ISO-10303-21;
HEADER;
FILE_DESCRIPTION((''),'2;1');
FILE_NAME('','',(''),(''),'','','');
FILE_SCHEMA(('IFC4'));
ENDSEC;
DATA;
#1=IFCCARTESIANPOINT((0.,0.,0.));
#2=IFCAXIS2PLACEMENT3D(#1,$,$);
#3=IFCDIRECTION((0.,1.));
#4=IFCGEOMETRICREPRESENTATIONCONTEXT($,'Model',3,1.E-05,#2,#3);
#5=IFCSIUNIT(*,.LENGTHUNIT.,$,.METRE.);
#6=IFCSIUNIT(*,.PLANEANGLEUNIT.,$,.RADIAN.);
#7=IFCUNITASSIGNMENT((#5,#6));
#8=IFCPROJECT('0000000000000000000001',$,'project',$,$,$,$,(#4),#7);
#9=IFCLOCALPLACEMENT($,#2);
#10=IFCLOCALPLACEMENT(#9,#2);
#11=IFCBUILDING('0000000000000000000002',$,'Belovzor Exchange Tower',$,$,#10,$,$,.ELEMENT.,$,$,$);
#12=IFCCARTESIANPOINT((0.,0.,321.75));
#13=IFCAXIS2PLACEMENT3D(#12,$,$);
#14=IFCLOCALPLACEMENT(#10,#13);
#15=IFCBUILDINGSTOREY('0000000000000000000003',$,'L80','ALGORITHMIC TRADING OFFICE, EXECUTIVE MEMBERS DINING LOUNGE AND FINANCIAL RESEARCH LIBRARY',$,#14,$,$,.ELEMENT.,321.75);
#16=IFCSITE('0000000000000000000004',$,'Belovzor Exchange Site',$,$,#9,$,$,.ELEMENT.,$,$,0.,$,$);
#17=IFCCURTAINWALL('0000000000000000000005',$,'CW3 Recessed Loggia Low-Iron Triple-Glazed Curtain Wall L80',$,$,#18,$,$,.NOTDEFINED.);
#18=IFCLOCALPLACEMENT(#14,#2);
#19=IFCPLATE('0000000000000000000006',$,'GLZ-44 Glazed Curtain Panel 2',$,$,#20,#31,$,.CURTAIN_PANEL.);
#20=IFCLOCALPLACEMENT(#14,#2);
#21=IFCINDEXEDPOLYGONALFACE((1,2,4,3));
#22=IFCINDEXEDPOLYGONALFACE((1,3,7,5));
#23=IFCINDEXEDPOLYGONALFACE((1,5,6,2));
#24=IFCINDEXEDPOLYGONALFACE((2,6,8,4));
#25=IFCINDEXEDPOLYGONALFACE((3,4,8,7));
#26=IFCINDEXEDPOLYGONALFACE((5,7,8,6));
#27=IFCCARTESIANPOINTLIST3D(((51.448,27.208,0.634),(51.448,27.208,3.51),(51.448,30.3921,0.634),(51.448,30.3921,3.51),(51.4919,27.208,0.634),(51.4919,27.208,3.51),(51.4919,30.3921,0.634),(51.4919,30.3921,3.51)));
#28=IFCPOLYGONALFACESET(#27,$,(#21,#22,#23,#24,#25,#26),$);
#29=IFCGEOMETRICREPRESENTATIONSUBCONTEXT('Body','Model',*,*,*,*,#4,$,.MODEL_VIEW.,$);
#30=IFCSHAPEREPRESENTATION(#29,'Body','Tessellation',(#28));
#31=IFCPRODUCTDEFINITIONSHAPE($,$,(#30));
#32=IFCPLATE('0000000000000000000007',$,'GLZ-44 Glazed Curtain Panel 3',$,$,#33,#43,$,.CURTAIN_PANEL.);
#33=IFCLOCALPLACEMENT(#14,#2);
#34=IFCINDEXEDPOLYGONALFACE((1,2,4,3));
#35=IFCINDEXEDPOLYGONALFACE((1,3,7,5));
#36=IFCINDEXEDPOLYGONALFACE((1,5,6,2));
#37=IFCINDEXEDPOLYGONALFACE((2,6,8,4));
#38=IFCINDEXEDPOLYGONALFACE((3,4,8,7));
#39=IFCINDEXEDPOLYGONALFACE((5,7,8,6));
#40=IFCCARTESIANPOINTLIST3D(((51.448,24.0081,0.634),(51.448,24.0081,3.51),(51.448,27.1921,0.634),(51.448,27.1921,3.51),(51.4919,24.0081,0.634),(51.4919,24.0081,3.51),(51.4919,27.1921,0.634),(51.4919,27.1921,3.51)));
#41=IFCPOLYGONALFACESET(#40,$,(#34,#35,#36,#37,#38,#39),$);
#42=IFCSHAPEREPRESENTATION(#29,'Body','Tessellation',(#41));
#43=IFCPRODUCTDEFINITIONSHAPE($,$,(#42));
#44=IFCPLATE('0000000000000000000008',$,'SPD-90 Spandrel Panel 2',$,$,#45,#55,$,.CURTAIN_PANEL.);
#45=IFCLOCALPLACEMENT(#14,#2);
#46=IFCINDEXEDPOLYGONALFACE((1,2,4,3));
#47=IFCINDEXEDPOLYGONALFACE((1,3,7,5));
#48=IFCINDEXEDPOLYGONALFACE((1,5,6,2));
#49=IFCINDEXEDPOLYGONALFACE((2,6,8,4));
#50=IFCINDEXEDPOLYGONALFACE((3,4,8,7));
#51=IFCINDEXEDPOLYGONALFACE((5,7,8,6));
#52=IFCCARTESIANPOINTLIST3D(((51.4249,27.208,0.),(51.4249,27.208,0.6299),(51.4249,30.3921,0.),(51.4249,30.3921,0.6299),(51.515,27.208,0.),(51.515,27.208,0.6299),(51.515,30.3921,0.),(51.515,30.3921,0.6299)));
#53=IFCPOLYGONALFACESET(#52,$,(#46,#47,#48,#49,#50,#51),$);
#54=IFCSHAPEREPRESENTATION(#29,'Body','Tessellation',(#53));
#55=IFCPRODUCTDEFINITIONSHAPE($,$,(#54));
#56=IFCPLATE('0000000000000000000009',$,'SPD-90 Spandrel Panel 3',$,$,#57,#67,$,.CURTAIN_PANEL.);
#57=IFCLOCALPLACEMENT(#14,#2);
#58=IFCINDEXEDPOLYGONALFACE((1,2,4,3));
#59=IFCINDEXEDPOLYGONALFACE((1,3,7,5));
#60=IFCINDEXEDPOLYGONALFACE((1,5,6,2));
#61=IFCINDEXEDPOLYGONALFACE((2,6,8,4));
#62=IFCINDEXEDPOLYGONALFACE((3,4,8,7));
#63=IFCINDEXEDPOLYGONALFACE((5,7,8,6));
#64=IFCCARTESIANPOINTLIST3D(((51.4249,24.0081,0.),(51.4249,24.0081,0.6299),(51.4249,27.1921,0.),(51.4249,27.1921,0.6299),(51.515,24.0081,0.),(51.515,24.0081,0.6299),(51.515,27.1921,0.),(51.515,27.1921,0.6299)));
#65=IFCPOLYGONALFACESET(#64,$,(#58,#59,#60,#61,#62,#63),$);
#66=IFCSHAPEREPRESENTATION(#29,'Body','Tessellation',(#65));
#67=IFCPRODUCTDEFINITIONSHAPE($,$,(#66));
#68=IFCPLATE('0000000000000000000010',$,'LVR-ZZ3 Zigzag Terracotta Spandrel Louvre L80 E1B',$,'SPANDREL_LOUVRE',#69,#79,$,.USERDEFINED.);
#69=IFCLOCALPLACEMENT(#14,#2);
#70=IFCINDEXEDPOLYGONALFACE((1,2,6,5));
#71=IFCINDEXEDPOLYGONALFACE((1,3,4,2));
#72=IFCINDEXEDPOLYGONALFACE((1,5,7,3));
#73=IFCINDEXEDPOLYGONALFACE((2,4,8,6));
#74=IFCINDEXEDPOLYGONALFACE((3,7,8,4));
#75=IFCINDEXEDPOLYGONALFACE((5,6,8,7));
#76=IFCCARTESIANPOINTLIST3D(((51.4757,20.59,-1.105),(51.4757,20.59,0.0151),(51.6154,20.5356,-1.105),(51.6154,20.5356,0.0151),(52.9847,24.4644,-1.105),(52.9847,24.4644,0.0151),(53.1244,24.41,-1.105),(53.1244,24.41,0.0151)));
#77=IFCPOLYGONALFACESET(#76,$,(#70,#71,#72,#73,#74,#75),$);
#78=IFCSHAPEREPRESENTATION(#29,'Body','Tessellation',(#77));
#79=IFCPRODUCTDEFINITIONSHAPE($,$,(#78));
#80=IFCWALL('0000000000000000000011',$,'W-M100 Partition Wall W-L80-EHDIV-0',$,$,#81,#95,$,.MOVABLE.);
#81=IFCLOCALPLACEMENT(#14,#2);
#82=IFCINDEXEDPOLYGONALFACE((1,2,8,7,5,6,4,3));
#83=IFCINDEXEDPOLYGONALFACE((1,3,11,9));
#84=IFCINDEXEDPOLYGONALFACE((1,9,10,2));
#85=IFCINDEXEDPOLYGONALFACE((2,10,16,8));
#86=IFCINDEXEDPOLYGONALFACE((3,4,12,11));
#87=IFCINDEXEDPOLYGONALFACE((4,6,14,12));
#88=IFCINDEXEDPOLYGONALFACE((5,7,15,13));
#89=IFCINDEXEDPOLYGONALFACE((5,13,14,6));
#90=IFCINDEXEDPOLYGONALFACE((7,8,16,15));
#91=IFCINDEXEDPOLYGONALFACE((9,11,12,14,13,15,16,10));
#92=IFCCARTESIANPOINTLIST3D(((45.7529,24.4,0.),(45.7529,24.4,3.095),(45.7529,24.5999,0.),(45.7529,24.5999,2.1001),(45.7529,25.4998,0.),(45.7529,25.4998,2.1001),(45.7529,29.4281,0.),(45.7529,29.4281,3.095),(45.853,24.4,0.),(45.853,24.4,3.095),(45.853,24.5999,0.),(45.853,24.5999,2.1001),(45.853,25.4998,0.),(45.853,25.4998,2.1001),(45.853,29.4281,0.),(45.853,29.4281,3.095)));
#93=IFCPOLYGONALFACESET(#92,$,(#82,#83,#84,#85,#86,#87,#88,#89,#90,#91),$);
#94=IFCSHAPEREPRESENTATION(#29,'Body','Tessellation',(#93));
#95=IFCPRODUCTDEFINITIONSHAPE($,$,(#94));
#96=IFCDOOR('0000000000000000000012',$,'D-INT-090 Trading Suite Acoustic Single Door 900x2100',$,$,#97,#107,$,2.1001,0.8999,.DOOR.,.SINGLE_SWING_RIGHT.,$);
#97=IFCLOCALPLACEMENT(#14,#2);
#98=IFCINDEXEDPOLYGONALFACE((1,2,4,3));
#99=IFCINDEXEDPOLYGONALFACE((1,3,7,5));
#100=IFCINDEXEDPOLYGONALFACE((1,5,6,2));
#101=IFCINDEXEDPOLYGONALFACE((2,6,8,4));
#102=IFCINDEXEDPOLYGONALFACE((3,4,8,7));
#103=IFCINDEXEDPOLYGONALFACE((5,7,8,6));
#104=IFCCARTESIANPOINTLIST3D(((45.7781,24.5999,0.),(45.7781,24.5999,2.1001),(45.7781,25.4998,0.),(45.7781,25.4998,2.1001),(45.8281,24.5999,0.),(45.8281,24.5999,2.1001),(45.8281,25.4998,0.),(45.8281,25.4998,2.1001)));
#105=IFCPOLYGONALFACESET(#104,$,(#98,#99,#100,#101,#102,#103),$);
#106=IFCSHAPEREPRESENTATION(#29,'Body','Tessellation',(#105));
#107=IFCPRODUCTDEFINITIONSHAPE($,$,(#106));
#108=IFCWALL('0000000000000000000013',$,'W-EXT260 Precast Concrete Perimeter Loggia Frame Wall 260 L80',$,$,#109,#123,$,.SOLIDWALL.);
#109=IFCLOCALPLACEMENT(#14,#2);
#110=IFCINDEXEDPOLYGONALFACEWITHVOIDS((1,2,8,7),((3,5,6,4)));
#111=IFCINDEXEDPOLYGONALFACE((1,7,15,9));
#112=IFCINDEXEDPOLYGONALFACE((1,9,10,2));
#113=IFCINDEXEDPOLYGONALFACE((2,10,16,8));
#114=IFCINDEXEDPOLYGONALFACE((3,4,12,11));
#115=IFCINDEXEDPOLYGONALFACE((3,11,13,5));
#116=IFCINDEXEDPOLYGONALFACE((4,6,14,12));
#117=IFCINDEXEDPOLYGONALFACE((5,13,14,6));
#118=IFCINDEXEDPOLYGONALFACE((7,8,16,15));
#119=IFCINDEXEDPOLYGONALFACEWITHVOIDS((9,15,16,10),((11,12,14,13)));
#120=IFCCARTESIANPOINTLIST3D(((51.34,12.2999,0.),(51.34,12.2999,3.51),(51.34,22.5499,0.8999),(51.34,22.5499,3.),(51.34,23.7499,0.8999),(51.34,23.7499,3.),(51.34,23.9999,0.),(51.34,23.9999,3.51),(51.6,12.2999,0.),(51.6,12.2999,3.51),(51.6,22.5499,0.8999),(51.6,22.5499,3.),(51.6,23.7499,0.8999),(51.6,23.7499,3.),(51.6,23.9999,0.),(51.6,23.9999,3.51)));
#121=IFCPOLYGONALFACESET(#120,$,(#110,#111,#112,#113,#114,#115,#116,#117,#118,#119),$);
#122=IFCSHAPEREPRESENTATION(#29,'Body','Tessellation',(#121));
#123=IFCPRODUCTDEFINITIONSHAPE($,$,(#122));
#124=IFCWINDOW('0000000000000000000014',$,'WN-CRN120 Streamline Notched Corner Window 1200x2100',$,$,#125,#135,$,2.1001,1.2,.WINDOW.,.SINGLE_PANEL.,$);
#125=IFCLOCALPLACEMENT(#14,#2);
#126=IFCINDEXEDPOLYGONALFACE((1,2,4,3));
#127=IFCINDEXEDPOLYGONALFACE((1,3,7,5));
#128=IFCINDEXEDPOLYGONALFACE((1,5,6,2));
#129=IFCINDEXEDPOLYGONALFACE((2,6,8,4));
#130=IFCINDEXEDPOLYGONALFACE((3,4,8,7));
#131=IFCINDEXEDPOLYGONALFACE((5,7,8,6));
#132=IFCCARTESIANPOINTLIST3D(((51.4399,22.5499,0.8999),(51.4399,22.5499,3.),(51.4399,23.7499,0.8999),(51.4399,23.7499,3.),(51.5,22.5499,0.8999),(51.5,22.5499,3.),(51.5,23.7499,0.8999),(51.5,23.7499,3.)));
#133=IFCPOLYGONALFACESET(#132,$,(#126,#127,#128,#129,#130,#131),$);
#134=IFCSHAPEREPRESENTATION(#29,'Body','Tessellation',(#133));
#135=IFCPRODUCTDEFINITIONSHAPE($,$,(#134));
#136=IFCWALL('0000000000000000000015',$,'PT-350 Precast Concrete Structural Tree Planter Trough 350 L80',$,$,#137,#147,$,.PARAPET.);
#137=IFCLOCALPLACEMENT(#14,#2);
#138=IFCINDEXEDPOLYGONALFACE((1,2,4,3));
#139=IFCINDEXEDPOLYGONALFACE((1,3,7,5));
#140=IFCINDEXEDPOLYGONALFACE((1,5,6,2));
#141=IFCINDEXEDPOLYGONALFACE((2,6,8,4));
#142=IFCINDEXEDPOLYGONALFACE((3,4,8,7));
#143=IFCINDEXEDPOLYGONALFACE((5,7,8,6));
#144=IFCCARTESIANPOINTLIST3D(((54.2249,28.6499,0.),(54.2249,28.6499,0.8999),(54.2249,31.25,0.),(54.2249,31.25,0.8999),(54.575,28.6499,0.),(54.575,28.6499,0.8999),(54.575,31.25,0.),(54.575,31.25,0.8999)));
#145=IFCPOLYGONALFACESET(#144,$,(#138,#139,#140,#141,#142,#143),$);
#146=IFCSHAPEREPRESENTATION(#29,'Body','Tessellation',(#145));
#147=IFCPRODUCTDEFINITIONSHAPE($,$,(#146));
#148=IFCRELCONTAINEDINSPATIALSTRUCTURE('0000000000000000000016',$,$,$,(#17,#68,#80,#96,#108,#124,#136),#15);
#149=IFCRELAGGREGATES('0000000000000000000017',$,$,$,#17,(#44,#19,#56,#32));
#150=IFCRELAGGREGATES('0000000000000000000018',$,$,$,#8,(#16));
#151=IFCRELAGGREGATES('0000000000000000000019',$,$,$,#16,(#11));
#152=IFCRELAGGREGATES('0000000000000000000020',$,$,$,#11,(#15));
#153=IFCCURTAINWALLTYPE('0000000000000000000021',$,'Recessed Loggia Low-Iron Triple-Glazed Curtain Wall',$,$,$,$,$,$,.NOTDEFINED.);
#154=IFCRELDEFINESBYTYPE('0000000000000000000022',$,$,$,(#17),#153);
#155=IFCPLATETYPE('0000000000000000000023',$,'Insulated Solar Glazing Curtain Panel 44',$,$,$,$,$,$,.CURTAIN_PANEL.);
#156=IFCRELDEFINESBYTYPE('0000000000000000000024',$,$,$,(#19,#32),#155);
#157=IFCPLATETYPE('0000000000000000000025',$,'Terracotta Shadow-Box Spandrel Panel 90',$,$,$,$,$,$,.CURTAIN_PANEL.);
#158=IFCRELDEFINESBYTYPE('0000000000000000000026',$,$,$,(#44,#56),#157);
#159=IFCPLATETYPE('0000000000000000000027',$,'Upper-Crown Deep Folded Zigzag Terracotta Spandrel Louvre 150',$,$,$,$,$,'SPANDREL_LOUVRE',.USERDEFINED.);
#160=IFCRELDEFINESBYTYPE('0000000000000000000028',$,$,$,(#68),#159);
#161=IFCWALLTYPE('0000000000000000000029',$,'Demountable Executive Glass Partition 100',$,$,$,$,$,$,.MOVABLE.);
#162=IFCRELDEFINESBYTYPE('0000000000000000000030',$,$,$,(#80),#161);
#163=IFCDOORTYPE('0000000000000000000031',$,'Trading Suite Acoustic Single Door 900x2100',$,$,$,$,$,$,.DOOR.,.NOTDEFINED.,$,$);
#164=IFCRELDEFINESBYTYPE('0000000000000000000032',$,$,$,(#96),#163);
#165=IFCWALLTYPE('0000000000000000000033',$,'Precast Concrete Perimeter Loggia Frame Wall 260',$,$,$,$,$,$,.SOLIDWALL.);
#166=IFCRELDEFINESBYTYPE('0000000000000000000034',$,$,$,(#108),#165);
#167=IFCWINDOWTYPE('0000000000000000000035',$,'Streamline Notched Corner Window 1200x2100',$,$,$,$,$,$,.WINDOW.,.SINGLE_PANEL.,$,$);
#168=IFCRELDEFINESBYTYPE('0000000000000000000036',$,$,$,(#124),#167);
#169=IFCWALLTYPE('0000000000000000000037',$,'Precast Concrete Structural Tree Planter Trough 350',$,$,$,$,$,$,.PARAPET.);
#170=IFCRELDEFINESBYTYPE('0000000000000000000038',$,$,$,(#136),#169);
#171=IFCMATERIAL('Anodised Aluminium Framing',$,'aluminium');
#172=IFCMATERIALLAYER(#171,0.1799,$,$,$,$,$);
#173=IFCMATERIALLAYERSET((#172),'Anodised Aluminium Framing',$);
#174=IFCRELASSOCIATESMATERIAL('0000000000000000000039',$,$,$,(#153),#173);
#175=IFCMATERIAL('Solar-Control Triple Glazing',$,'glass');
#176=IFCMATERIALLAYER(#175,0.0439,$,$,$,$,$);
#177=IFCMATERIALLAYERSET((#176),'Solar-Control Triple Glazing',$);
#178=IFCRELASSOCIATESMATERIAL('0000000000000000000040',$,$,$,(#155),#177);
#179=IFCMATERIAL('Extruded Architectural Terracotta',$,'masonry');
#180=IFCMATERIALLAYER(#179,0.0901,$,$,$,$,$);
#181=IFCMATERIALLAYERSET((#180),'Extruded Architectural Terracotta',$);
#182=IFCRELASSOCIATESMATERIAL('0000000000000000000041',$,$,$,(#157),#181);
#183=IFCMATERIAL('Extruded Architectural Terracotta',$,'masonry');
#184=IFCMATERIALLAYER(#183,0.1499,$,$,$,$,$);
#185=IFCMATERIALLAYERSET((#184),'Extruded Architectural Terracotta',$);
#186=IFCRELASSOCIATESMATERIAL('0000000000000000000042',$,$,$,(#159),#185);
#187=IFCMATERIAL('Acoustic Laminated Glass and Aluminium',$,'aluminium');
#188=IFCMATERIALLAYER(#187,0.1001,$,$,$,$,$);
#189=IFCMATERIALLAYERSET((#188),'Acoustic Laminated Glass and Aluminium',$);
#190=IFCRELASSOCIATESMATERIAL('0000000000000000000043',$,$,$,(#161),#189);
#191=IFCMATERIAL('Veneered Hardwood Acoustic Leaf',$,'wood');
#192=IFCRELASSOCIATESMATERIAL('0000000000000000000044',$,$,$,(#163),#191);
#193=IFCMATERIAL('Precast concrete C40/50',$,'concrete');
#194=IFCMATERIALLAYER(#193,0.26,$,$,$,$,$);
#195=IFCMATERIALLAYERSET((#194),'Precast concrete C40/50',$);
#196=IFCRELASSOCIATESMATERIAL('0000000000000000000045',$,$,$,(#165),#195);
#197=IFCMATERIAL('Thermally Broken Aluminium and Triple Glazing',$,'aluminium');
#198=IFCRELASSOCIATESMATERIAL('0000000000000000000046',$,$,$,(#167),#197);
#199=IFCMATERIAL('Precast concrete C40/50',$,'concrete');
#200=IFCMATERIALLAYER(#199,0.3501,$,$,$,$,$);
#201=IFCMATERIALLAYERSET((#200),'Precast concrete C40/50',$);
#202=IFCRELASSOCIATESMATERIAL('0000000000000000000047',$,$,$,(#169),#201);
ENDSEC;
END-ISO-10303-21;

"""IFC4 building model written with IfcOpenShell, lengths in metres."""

from ifc_helpers import new_model, si_unit, direction, frame, frame_2d, origin, origin_2d, place, context, subcontext, project, spatial, rectangle, extrude, material, layer, layer_set, type_object, element, fill, aggregate, save


model = new_model("IFC4")

# Units and contexts
model_context = context("Model", 3, precision=1e-05, world=origin(), true_north=direction((0.0, 1.0)))
body_context = subcontext(model_context, "Body", "Model", "MODEL_VIEW")
ifc_project = project(units=[si_unit("LENGTHUNIT", "METRE"), si_unit("PLANEANGLEUNIT", "RADIAN")], contexts=[model_context])

# Site, building, storey
site_placement = place(None, origin())
site = spatial("IfcSite", under=ifc_project, at=site_placement, Name="Belovzor Exchange Site", CompositionType="ELEMENT", RefElevation=0.0)
building_placement = place(site_placement, origin())
building = spatial("IfcBuilding", under=site, at=building_placement, Name="Belovzor Exchange Tower", CompositionType="ELEMENT")
storey_placement = place(building_placement, frame((0.0, 0.0, 321.75)))
storey = spatial("IfcBuildingStorey", under=building, at=storey_placement, Name="L80", Description="ALGORITHMIC TRADING OFFICE, EXECUTIVE MEMBERS DINING LOUNGE AND FINANCIAL RESEARCH LIBRARY", CompositionType="ELEMENT", Elevation=321.75)

# Curtain wall
ifc_material_1 = material(Name="Anodised Aluminium Framing", Category="aluminium")
ifc_layer_1 = layer(ifc_material_1, 0.1799)
ifc_layer_set_1 = layer_set([ifc_layer_1], Name="Anodised Aluminium Framing")
curtain_wall_type = type_object("IfcCurtainWallType", Name="Recessed Loggia Low-Iron Triple-Glazed Curtain Wall", PredefinedType="NOTDEFINED", material=ifc_layer_set_1)
curtain_wall_placement = place(storey_placement, origin())
curtain_wall = element("IfcCurtainWall", 1, at=curtain_wall_placement, inside=storey, type_object=curtain_wall_type, Name="CW3 Recessed Loggia Low-Iron Triple-Glazed Curtain Wall L80", PredefinedType="NOTDEFINED")

# Plates
ifc_material_2 = material(Name="Solar-Control Triple Glazing", Category="glass")
ifc_layer_2 = layer(ifc_material_2, 0.0439)
ifc_layer_set_2 = layer_set([ifc_layer_2], Name="Solar-Control Triple Glazing")
plate_type_1 = type_object("IfcPlateType", Name="Insulated Solar Glazing Curtain Panel 44", PredefinedType="CURTAIN_PANEL", material=ifc_layer_set_2)
plate_1_placement = place(storey_placement, frame((51.47, 28.8, 0.634), z_axis=(0.0, 0.0, 1.0), x_axis=(0.0, -1.0, 0.0)))
plate_1 = element("IfcPlate", 2, at=plate_1_placement, type_object=plate_type_1, Name="GLZ-44 Glazed Curtain Panel 2", PredefinedType="CURTAIN_PANEL", context=body_context, shape_type="SweptSolid", body=[
    extrude(rectangle(XDim=3.1841, YDim=0.0439, at=origin_2d()), origin(), (0.0, 0.0, 1.0), 2.876),
])
plate_2_placement = place(storey_placement, frame((51.47, 25.6001, 0.634), z_axis=(0.0, 0.0, 1.0), x_axis=(0.0, -1.0, 0.0)))
plate_2 = element("IfcPlate", 3, at=plate_2_placement, type_object=plate_type_1, Name="GLZ-44 Glazed Curtain Panel 3", PredefinedType="CURTAIN_PANEL", context=body_context, shape_type="SweptSolid", body=[
    extrude(rectangle(XDim=3.1841, YDim=0.0439, at=origin_2d()), origin(), (0.0, 0.0, 1.0), 2.876),
])
ifc_material_3 = material(Name="Extruded Architectural Terracotta", Category="masonry")
ifc_layer_3 = layer(ifc_material_3, 0.0901)
ifc_layer_set_3 = layer_set([ifc_layer_3], Name="Extruded Architectural Terracotta")
plate_type_2 = type_object("IfcPlateType", Name="Terracotta Shadow-Box Spandrel Panel 90", PredefinedType="CURTAIN_PANEL", material=ifc_layer_set_3)
plate_3_placement = place(storey_placement, frame((51.47, 28.8, 0.0), z_axis=(0.0, 0.0, 1.0), x_axis=(0.0, -1.0, 0.0)))
plate_3 = element("IfcPlate", 4, at=plate_3_placement, type_object=plate_type_2, Name="SPD-90 Spandrel Panel 2", PredefinedType="CURTAIN_PANEL", context=body_context, shape_type="SweptSolid", body=[
    extrude(rectangle(XDim=3.1841, YDim=0.0901, at=origin_2d()), origin(), (0.0, 0.0, 1.0), 0.6299),
])
plate_4_placement = place(storey_placement, frame((51.47, 25.6001, 0.0), z_axis=(0.0, 0.0, 1.0), x_axis=(0.0, -1.0, 0.0)))
plate_4 = element("IfcPlate", 5, at=plate_4_placement, type_object=plate_type_2, Name="SPD-90 Spandrel Panel 3", PredefinedType="CURTAIN_PANEL", context=body_context, shape_type="SweptSolid", body=[
    extrude(rectangle(XDim=3.1841, YDim=0.0901, at=origin_2d()), origin(), (0.0, 0.0, 1.0), 0.6299),
])
aggregate(curtain_wall, [plate_3, plate_1, plate_4, plate_2])
ifc_material_4 = material(Name="Extruded Architectural Terracotta", Category="masonry")
ifc_layer_4 = layer(ifc_material_4, 0.1499)
ifc_layer_set_4 = layer_set([ifc_layer_4], Name="Extruded Architectural Terracotta")
plate_type_3 = type_object("IfcPlateType", Name="Upper-Crown Deep Folded Zigzag Terracotta Spandrel Louvre 150", ElementType="SPANDREL_LOUVRE", PredefinedType="USERDEFINED", material=ifc_layer_set_4)
plate_5_placement = place(storey_placement, frame((52.3, 22.5, -1.105), z_axis=(0.0, 0.0, 1.0), x_axis=(0.362926, 0.931818, 0.0)))
element("IfcPlate", 6, at=plate_5_placement, inside=storey, type_object=plate_type_3, Name="LVR-ZZ3 Zigzag Terracotta Spandrel Louvre L80 E1B", ObjectType="SPANDREL_LOUVRE", PredefinedType="USERDEFINED", context=body_context, shape_type="SweptSolid", body=[
    extrude(rectangle(XDim=4.158, YDim=0.1499, at=origin_2d()), origin(), (0.0, 0.0, 1.0), 1.1201),
])

# Wall, opening, door
ifc_material_5 = material(Name="Acoustic Laminated Glass and Aluminium", Category="aluminium")
ifc_layer_5 = layer(ifc_material_5, 0.1001)
ifc_layer_set_5 = layer_set([ifc_layer_5], Name="Acoustic Laminated Glass and Aluminium")
wall_type_1 = type_object("IfcWallType", Name="Demountable Executive Glass Partition 100", PredefinedType="MOVABLE", material=ifc_layer_set_5)
wall_1_placement = place(storey_placement, frame((45.803, 24.3999, 0.0), z_axis=(0.0, 0.0, 1.0), x_axis=(0.0, 1.0, 0.0)))
wall_1 = element("IfcWall", 7, at=wall_1_placement, inside=storey, type_object=wall_type_1, Name="W-M100 Partition Wall W-L80-EHDIV-0", PredefinedType="MOVABLE", context=body_context, shape_type="SweptSolid", body=[
    extrude(rectangle(XDim=5.0281, YDim=0.1001, at=frame_2d((2.5142, 0.0))), origin(), (0.0, 0.0, 1.0), 3.095),
])
opening_1_placement = place(wall_1_placement, frame((0.2, 0.0, 0.0)))
opening_1 = element("IfcOpeningElement", 8, at=opening_1_placement, cuts=wall_1, PredefinedType="OPENING", context=body_context, shape_type="SweptSolid", body=[
    extrude(rectangle(XDim=0.8999, YDim=2.1001, at=frame_2d((0.45, 1.05))), frame((0.0, 0.0601, 0.0), z_axis=(0.0, -1.0, 0.0), x_axis=(1.0, 0.0, 0.0)), (0.0, 0.0, 1.0), 0.1201),
])
ifc_material_6 = material(Name="Veneered Hardwood Acoustic Leaf", Category="wood")
door_type = type_object("IfcDoorType", Name="Trading Suite Acoustic Single Door 900x2100", OperationType="NOTDEFINED", PredefinedType="DOOR", material=ifc_material_6)
door_placement = place(opening_1_placement, origin())
door = element("IfcDoor", 9, at=door_placement, inside=storey, type_object=door_type, Name="D-INT-090 Trading Suite Acoustic Single Door 900x2100", OperationType="SINGLE_SWING_RIGHT", OverallHeight=2.1001, OverallWidth=0.8999, PredefinedType="DOOR", context=body_context, shape_type="SweptSolid", body=[
    extrude(rectangle(XDim=0.8999, YDim=2.1001, at=frame_2d((0.45, 1.05))), frame((0.0, 0.0249, 0.0), z_axis=(0.0, -1.0, 0.0), x_axis=(1.0, 0.0, 0.0)), (0.0, 0.0, 1.0), 0.05),
])
fill(opening_1, door)

# Wall, opening, window
ifc_material_7 = material(Name="Precast concrete C40/50", Category="concrete")
ifc_layer_6 = layer(ifc_material_7, 0.26)
ifc_layer_set_6 = layer_set([ifc_layer_6], Name="Precast concrete C40/50")
wall_type_2 = type_object("IfcWallType", Name="Precast Concrete Perimeter Loggia Frame Wall 260", PredefinedType="SOLIDWALL", material=ifc_layer_set_6)
wall_2_placement = place(storey_placement, frame((51.47, 24.0, 0.0), z_axis=(0.0, 0.0, 1.0), x_axis=(0.0, -1.0, 0.0)))
wall_2 = element("IfcWall", 10, at=wall_2_placement, inside=storey, type_object=wall_type_2, Name="W-EXT260 Precast Concrete Perimeter Loggia Frame Wall 260 L80", PredefinedType="SOLIDWALL", context=body_context, shape_type="SweptSolid", body=[
    extrude(rectangle(XDim=11.7, YDim=0.26, at=frame_2d((5.8501, 0.0))), origin(), (0.0, 0.0, 1.0), 3.51),
])
opening_2_placement = place(wall_2_placement, frame((0.25, 0.0, 0.8999)))
opening_2 = element("IfcOpeningElement", 11, at=opening_2_placement, cuts=wall_2, PredefinedType="OPENING", context=body_context, shape_type="SweptSolid", body=[
    extrude(rectangle(XDim=1.2, YDim=2.1001, at=frame_2d((0.6001, 1.05))), frame((0.0, 0.1399, 0.0), z_axis=(0.0, -1.0, 0.0), x_axis=(1.0, 0.0, 0.0)), (0.0, 0.0, 1.0), 0.28),
])
ifc_material_8 = material(Name="Thermally Broken Aluminium and Triple Glazing", Category="aluminium")
window_type = type_object("IfcWindowType", Name="Streamline Notched Corner Window 1200x2100", PartitioningType="SINGLE_PANEL", PredefinedType="WINDOW", material=ifc_material_8)
window_placement = place(opening_2_placement, origin())
window = element("IfcWindow", 12, at=window_placement, inside=storey, type_object=window_type, Name="WN-CRN120 Streamline Notched Corner Window 1200x2100", OverallHeight=2.1001, OverallWidth=1.2, PartitioningType="SINGLE_PANEL", PredefinedType="WINDOW", context=body_context, shape_type="SweptSolid", body=[
    extrude(rectangle(XDim=1.2, YDim=2.1001, at=frame_2d((0.6001, 1.05))), frame((0.0, 0.03, 0.0), z_axis=(0.0, -1.0, 0.0), x_axis=(1.0, 0.0, 0.0)), (0.0, 0.0, 1.0), 0.0601),
])
fill(opening_2, window)

# Wall
ifc_material_9 = material(Name="Precast concrete C40/50", Category="concrete")
ifc_layer_7 = layer(ifc_material_9, 0.3501)
ifc_layer_set_7 = layer_set([ifc_layer_7], Name="Precast concrete C40/50")
wall_type_3 = type_object("IfcWallType", Name="Precast Concrete Structural Tree Planter Trough 350", PredefinedType="PARAPET", material=ifc_layer_set_7)
wall_3_placement = place(storey_placement, frame((54.3999, 28.6499, 0.0), z_axis=(0.0, 0.0, 1.0), x_axis=(0.0, 1.0, 0.0)))
element("IfcWall", 13, at=wall_3_placement, inside=storey, type_object=wall_type_3, Name="PT-350 Precast Concrete Structural Tree Planter Trough 350 L80", PredefinedType="PARAPET", context=body_context, shape_type="SweptSolid", body=[
    extrude(rectangle(XDim=2.6001, YDim=0.3501, at=frame_2d((1.3, 0.0))), origin(), (0.0, 0.0, 1.0), 0.8999),
])

save(model, "model.ifc")
